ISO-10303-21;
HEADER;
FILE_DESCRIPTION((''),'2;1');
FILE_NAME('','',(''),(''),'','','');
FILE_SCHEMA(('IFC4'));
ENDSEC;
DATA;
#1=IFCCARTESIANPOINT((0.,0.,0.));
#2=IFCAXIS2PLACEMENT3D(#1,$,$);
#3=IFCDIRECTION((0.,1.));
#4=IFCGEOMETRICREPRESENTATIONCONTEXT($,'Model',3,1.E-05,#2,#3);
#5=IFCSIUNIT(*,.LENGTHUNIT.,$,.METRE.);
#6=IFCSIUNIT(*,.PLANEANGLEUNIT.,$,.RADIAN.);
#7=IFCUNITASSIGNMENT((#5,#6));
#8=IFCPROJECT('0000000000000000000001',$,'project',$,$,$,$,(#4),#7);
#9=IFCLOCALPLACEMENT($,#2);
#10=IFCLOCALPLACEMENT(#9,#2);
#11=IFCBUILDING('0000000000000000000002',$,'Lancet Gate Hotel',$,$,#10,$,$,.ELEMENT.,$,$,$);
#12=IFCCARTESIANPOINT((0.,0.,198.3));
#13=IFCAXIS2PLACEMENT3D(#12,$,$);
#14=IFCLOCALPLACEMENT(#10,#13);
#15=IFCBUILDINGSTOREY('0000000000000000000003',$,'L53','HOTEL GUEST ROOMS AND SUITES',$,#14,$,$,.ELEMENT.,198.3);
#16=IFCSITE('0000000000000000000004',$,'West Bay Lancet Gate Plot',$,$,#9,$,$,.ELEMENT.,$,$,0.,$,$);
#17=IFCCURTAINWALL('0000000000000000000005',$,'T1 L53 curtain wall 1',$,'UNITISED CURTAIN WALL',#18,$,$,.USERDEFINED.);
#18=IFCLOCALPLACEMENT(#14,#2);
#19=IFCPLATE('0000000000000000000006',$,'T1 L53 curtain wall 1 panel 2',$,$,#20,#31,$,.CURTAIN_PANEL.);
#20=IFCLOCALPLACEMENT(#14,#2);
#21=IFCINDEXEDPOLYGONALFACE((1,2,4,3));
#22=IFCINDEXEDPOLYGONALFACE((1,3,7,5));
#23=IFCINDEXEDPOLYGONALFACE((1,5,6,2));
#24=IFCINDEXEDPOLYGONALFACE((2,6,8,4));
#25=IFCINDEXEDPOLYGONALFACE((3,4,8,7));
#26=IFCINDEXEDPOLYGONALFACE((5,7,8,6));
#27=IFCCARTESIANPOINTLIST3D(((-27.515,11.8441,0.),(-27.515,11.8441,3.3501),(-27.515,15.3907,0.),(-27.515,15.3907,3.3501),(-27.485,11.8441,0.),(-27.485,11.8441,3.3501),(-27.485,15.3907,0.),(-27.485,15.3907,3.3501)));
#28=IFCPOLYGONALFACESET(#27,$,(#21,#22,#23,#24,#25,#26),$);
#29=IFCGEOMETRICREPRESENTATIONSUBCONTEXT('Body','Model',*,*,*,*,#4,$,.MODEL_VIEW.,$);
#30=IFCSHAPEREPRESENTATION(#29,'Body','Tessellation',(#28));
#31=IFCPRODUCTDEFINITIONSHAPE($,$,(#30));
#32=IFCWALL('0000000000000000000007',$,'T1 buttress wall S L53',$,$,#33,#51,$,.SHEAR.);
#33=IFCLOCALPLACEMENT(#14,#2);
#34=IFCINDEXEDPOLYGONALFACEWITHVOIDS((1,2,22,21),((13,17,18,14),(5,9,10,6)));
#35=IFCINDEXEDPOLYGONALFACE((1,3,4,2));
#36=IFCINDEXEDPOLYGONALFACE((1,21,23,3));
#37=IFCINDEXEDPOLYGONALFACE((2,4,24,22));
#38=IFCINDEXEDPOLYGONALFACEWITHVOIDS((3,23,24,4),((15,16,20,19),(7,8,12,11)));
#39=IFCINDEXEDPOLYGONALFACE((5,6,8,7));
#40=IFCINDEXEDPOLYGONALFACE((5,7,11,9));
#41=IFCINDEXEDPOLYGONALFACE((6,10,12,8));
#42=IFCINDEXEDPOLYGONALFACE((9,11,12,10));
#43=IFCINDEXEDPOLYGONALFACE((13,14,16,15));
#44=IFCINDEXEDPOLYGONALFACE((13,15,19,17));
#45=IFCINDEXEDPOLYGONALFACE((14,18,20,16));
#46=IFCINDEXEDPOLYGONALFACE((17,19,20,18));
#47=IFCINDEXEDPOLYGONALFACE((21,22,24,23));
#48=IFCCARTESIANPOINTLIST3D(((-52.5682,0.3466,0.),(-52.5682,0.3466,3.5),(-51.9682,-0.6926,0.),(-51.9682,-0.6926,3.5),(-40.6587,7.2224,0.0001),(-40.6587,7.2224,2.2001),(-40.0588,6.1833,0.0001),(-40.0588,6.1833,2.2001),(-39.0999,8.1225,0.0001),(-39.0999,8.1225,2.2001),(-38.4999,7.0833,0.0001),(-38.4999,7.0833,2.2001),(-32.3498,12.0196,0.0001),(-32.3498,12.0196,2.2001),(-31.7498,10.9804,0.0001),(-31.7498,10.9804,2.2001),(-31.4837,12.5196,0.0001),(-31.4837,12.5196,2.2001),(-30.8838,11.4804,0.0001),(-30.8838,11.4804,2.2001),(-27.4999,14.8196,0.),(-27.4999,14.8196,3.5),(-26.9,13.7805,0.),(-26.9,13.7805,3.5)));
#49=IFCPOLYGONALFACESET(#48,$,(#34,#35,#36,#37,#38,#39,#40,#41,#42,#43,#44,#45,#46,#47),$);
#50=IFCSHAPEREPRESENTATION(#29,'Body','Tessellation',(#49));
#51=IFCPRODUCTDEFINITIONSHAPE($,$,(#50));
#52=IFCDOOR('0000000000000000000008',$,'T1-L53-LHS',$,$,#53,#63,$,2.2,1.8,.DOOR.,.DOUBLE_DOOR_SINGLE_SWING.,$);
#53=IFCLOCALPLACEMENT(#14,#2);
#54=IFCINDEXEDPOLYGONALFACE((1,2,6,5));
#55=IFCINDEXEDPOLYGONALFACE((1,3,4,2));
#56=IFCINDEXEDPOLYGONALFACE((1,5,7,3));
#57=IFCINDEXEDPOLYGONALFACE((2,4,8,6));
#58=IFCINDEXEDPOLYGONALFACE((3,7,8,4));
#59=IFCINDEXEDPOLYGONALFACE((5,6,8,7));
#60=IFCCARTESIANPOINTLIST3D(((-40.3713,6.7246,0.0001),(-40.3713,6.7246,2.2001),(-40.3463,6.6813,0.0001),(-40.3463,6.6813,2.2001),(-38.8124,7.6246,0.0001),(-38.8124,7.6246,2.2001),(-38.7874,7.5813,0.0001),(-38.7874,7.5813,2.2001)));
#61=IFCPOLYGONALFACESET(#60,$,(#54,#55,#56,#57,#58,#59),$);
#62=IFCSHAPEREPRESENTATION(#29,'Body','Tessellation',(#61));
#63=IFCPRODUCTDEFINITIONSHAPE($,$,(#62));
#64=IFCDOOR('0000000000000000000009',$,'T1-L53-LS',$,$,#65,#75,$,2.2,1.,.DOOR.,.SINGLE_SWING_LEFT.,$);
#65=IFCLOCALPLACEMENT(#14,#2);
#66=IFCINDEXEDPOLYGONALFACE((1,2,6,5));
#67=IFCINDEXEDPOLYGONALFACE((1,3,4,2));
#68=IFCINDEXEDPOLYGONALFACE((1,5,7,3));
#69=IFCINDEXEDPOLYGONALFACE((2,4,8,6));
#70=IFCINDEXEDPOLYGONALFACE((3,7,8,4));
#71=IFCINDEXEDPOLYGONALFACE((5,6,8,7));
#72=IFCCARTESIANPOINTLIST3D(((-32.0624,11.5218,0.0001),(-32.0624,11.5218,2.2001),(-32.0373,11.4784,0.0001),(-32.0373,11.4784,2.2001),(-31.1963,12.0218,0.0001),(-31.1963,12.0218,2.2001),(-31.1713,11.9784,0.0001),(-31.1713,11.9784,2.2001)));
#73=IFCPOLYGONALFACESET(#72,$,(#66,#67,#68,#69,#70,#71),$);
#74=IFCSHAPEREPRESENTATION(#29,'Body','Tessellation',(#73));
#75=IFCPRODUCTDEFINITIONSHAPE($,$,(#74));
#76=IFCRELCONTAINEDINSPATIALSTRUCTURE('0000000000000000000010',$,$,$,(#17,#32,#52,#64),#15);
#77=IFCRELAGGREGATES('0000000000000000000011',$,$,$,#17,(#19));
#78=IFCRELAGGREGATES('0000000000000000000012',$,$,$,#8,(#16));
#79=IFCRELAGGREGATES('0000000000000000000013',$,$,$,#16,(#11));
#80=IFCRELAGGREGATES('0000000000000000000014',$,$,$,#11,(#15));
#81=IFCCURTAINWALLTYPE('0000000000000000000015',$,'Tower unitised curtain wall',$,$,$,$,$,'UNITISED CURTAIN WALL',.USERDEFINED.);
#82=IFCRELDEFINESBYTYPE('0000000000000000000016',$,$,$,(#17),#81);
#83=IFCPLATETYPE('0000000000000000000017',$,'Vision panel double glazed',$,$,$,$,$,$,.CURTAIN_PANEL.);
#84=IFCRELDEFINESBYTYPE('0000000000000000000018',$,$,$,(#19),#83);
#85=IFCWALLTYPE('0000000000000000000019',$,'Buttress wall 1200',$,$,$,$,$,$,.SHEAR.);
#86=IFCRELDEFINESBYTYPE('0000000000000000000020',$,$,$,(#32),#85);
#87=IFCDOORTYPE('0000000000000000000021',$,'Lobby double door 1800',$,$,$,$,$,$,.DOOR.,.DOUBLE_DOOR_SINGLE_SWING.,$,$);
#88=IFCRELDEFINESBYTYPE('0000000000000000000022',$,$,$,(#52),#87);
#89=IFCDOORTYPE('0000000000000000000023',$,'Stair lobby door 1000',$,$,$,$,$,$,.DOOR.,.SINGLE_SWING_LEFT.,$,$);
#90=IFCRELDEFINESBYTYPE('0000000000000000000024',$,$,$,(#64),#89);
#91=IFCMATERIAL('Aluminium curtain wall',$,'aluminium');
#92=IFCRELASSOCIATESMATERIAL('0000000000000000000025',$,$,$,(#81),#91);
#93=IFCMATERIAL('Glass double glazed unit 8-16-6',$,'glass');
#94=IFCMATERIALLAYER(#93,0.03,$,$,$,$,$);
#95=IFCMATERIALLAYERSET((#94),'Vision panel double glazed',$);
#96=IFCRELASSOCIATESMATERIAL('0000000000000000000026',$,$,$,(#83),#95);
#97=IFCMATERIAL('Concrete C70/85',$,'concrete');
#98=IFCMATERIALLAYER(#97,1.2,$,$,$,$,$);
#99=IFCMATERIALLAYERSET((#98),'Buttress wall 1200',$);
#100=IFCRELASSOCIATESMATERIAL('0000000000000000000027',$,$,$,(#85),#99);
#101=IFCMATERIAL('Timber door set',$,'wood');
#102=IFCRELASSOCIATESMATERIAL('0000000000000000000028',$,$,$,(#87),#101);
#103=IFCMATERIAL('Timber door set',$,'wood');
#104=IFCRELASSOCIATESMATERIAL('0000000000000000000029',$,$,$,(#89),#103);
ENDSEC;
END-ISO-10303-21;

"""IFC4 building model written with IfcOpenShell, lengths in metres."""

from ifc_helpers import new_model, si_unit, direction, frame, frame_2d, origin, origin_2d, place, context, subcontext, project, spatial, rectangle, extrude, material, layer, layer_set, type_object, element, fill, aggregate, save


model = new_model("IFC4")

# Units and contexts
model_context = context("Model", 3, precision=1e-05, world=origin(), true_north=direction((0.0, 1.0)))
body_context = subcontext(model_context, "Body", "Model", "MODEL_VIEW")
ifc_project = project(units=[si_unit("LENGTHUNIT", "METRE"), si_unit("PLANEANGLEUNIT", "RADIAN")], contexts=[model_context])

# Site, building, storey
site_placement = place(None, origin())
site = spatial("IfcSite", under=ifc_project, at=site_placement, Name="West Bay Lancet Gate Plot", CompositionType="ELEMENT", RefElevation=0.0)
building_placement = place(site_placement, origin())
building = spatial("IfcBuilding", under=site, at=building_placement, Name="Lancet Gate Hotel", CompositionType="ELEMENT")
storey_placement = place(building_placement, frame((0.0, 0.0, 198.3)))
storey = spatial("IfcBuildingStorey", under=building, at=storey_placement, Name="L53", Description="HOTEL GUEST ROOMS AND SUITES", CompositionType="ELEMENT", Elevation=198.3)

# Curtain wall
ifc_material_1 = material(Name="Aluminium curtain wall", Category="aluminium")
curtain_wall_type = type_object("IfcCurtainWallType", Name="Tower unitised curtain wall", ElementType="UNITISED CURTAIN WALL", PredefinedType="USERDEFINED", material=ifc_material_1)
curtain_wall_placement = place(storey_placement, origin())
curtain_wall = element("IfcCurtainWall", 1, at=curtain_wall_placement, inside=storey, type_object=curtain_wall_type, Name="T1 L53 curtain wall 1", ObjectType="UNITISED CURTAIN WALL", PredefinedType="USERDEFINED")

# Plate
ifc_material_2 = material(Name="Glass double glazed unit 8-16-6", Category="glass")
ifc_layer_1 = layer(ifc_material_2, 0.03)
ifc_layer_set_1 = layer_set([ifc_layer_1], Name="Vision panel double glazed")
plate_type = type_object("IfcPlateType", Name="Vision panel double glazed", PredefinedType="CURTAIN_PANEL", material=ifc_layer_set_1)
plate_1_placement = place(storey_placement, frame((-27.5, 13.6174, 0.0), z_axis=(0.0, 0.0, 1.0), x_axis=(0.0, 1.0, 0.0)))
plate_1 = element("IfcPlate", 2, at=plate_1_placement, type_object=plate_type, Name="T1 L53 curtain wall 1 panel 2", PredefinedType="CURTAIN_PANEL", context=body_context, shape_type="SweptSolid", body=[
    extrude(rectangle(XDim=3.5466, YDim=0.03, at=origin_2d()), origin(), (0.0, 0.0, 1.0), 3.3501),
])
aggregate(curtain_wall, [plate_1])

# Wall, openings, doors
ifc_material_3 = material(Name="Concrete C70/85", Category="concrete")
ifc_layer_2 = layer(ifc_material_3, 1.2)
ifc_layer_set_2 = layer_set([ifc_layer_2], Name="Buttress wall 1200")
wall_type = type_object("IfcWallType", Name="Buttress wall 1200", PredefinedType="SHEAR", material=ifc_layer_set_2)
wall_placement = place(storey_placement, frame((-27.2, 14.3, 0.0), z_axis=(0.0, 0.0, 1.0), x_axis=(-0.866027, -0.499998, 0.0)))
wall = element("IfcWall", 3, at=wall_placement, inside=storey, type_object=wall_type, Name="T1 buttress wall S L53", PredefinedType="SHEAR", context=body_context, shape_type="SweptSolid", body=[
    extrude(rectangle(XDim=28.9463, YDim=1.2, at=frame_2d((14.4731, 0.0))), origin(), (0.0, 0.0, 1.0), 3.5),
])
opening_1_placement = place(wall_placement, frame((4.6001, 0.0, 0.0)))
opening_1 = element("IfcOpeningElement", 4, at=opening_1_placement, cuts=wall, PredefinedType="OPENING", context=body_context, shape_type="SweptSolid", body=[
    extrude(rectangle(XDim=1.0, YDim=2.2, at=frame_2d((0.5, 1.1001))), frame((0.0, 0.6099, 0.0), z_axis=(0.0, -1.0, 0.0), x_axis=(1.0, 0.0, 0.0)), (0.0, 0.0, 1.0), 1.22),
])
opening_2_placement = place(wall_placement, frame((13.3945, 0.0, 0.0)))
opening_2 = element("IfcOpeningElement", 5, at=opening_2_placement, cuts=wall, PredefinedType="OPENING", context=body_context, shape_type="SweptSolid", body=[
    extrude(rectangle(XDim=1.8, YDim=2.2, at=frame_2d((0.8999, 1.1001))), frame((0.0, 0.6099, 0.0), z_axis=(0.0, -1.0, 0.0), x_axis=(1.0, 0.0, 0.0)), (0.0, 0.0, 1.0), 1.22),
])
ifc_material_4 = material(Name="Timber door set", Category="wood")
door_type_1 = type_object("IfcDoorType", Name="Lobby double door 1800", OperationType="DOUBLE_DOOR_SINGLE_SWING", PredefinedType="DOOR", material=ifc_material_4)
door_1_placement = place(opening_2_placement, origin())
door_1 = element("IfcDoor", 6, at=door_1_placement, inside=storey, type_object=door_type_1, Name="T1-L53-LHS", OperationType="DOUBLE_DOOR_SINGLE_SWING", OverallHeight=2.2, OverallWidth=1.8, PredefinedType="DOOR", context=body_context, shape_type="SweptSolid", body=[
    extrude(rectangle(XDim=1.8, YDim=2.2, at=frame_2d((0.8999, 1.1001))), frame((0.0, 0.0249, 0.0), z_axis=(0.0, -1.0, 0.0), x_axis=(1.0, 0.0, 0.0)), (0.0, 0.0, 1.0), 0.05),
])
fill(opening_2, door_1)
ifc_material_5 = material(Name="Timber door set", Category="wood")
door_type_2 = type_object("IfcDoorType", Name="Stair lobby door 1000", OperationType="SINGLE_SWING_LEFT", PredefinedType="DOOR", material=ifc_material_5)
door_2_placement = place(opening_1_placement, origin())
door_2 = element("IfcDoor", 7, at=door_2_placement, inside=storey, type_object=door_type_2, Name="T1-L53-LS", OperationType="SINGLE_SWING_LEFT", OverallHeight=2.2, OverallWidth=1.0, PredefinedType="DOOR", context=body_context, shape_type="SweptSolid", body=[
    extrude(rectangle(XDim=1.0, YDim=2.2, at=frame_2d((0.5, 1.1001))), frame((0.0, 0.0249, 0.0), z_axis=(0.0, -1.0, 0.0), x_axis=(1.0, 0.0, 0.0)), (0.0, 0.0, 1.0), 0.05),
])
fill(opening_1, door_2)

save(model, "model.ifc")
